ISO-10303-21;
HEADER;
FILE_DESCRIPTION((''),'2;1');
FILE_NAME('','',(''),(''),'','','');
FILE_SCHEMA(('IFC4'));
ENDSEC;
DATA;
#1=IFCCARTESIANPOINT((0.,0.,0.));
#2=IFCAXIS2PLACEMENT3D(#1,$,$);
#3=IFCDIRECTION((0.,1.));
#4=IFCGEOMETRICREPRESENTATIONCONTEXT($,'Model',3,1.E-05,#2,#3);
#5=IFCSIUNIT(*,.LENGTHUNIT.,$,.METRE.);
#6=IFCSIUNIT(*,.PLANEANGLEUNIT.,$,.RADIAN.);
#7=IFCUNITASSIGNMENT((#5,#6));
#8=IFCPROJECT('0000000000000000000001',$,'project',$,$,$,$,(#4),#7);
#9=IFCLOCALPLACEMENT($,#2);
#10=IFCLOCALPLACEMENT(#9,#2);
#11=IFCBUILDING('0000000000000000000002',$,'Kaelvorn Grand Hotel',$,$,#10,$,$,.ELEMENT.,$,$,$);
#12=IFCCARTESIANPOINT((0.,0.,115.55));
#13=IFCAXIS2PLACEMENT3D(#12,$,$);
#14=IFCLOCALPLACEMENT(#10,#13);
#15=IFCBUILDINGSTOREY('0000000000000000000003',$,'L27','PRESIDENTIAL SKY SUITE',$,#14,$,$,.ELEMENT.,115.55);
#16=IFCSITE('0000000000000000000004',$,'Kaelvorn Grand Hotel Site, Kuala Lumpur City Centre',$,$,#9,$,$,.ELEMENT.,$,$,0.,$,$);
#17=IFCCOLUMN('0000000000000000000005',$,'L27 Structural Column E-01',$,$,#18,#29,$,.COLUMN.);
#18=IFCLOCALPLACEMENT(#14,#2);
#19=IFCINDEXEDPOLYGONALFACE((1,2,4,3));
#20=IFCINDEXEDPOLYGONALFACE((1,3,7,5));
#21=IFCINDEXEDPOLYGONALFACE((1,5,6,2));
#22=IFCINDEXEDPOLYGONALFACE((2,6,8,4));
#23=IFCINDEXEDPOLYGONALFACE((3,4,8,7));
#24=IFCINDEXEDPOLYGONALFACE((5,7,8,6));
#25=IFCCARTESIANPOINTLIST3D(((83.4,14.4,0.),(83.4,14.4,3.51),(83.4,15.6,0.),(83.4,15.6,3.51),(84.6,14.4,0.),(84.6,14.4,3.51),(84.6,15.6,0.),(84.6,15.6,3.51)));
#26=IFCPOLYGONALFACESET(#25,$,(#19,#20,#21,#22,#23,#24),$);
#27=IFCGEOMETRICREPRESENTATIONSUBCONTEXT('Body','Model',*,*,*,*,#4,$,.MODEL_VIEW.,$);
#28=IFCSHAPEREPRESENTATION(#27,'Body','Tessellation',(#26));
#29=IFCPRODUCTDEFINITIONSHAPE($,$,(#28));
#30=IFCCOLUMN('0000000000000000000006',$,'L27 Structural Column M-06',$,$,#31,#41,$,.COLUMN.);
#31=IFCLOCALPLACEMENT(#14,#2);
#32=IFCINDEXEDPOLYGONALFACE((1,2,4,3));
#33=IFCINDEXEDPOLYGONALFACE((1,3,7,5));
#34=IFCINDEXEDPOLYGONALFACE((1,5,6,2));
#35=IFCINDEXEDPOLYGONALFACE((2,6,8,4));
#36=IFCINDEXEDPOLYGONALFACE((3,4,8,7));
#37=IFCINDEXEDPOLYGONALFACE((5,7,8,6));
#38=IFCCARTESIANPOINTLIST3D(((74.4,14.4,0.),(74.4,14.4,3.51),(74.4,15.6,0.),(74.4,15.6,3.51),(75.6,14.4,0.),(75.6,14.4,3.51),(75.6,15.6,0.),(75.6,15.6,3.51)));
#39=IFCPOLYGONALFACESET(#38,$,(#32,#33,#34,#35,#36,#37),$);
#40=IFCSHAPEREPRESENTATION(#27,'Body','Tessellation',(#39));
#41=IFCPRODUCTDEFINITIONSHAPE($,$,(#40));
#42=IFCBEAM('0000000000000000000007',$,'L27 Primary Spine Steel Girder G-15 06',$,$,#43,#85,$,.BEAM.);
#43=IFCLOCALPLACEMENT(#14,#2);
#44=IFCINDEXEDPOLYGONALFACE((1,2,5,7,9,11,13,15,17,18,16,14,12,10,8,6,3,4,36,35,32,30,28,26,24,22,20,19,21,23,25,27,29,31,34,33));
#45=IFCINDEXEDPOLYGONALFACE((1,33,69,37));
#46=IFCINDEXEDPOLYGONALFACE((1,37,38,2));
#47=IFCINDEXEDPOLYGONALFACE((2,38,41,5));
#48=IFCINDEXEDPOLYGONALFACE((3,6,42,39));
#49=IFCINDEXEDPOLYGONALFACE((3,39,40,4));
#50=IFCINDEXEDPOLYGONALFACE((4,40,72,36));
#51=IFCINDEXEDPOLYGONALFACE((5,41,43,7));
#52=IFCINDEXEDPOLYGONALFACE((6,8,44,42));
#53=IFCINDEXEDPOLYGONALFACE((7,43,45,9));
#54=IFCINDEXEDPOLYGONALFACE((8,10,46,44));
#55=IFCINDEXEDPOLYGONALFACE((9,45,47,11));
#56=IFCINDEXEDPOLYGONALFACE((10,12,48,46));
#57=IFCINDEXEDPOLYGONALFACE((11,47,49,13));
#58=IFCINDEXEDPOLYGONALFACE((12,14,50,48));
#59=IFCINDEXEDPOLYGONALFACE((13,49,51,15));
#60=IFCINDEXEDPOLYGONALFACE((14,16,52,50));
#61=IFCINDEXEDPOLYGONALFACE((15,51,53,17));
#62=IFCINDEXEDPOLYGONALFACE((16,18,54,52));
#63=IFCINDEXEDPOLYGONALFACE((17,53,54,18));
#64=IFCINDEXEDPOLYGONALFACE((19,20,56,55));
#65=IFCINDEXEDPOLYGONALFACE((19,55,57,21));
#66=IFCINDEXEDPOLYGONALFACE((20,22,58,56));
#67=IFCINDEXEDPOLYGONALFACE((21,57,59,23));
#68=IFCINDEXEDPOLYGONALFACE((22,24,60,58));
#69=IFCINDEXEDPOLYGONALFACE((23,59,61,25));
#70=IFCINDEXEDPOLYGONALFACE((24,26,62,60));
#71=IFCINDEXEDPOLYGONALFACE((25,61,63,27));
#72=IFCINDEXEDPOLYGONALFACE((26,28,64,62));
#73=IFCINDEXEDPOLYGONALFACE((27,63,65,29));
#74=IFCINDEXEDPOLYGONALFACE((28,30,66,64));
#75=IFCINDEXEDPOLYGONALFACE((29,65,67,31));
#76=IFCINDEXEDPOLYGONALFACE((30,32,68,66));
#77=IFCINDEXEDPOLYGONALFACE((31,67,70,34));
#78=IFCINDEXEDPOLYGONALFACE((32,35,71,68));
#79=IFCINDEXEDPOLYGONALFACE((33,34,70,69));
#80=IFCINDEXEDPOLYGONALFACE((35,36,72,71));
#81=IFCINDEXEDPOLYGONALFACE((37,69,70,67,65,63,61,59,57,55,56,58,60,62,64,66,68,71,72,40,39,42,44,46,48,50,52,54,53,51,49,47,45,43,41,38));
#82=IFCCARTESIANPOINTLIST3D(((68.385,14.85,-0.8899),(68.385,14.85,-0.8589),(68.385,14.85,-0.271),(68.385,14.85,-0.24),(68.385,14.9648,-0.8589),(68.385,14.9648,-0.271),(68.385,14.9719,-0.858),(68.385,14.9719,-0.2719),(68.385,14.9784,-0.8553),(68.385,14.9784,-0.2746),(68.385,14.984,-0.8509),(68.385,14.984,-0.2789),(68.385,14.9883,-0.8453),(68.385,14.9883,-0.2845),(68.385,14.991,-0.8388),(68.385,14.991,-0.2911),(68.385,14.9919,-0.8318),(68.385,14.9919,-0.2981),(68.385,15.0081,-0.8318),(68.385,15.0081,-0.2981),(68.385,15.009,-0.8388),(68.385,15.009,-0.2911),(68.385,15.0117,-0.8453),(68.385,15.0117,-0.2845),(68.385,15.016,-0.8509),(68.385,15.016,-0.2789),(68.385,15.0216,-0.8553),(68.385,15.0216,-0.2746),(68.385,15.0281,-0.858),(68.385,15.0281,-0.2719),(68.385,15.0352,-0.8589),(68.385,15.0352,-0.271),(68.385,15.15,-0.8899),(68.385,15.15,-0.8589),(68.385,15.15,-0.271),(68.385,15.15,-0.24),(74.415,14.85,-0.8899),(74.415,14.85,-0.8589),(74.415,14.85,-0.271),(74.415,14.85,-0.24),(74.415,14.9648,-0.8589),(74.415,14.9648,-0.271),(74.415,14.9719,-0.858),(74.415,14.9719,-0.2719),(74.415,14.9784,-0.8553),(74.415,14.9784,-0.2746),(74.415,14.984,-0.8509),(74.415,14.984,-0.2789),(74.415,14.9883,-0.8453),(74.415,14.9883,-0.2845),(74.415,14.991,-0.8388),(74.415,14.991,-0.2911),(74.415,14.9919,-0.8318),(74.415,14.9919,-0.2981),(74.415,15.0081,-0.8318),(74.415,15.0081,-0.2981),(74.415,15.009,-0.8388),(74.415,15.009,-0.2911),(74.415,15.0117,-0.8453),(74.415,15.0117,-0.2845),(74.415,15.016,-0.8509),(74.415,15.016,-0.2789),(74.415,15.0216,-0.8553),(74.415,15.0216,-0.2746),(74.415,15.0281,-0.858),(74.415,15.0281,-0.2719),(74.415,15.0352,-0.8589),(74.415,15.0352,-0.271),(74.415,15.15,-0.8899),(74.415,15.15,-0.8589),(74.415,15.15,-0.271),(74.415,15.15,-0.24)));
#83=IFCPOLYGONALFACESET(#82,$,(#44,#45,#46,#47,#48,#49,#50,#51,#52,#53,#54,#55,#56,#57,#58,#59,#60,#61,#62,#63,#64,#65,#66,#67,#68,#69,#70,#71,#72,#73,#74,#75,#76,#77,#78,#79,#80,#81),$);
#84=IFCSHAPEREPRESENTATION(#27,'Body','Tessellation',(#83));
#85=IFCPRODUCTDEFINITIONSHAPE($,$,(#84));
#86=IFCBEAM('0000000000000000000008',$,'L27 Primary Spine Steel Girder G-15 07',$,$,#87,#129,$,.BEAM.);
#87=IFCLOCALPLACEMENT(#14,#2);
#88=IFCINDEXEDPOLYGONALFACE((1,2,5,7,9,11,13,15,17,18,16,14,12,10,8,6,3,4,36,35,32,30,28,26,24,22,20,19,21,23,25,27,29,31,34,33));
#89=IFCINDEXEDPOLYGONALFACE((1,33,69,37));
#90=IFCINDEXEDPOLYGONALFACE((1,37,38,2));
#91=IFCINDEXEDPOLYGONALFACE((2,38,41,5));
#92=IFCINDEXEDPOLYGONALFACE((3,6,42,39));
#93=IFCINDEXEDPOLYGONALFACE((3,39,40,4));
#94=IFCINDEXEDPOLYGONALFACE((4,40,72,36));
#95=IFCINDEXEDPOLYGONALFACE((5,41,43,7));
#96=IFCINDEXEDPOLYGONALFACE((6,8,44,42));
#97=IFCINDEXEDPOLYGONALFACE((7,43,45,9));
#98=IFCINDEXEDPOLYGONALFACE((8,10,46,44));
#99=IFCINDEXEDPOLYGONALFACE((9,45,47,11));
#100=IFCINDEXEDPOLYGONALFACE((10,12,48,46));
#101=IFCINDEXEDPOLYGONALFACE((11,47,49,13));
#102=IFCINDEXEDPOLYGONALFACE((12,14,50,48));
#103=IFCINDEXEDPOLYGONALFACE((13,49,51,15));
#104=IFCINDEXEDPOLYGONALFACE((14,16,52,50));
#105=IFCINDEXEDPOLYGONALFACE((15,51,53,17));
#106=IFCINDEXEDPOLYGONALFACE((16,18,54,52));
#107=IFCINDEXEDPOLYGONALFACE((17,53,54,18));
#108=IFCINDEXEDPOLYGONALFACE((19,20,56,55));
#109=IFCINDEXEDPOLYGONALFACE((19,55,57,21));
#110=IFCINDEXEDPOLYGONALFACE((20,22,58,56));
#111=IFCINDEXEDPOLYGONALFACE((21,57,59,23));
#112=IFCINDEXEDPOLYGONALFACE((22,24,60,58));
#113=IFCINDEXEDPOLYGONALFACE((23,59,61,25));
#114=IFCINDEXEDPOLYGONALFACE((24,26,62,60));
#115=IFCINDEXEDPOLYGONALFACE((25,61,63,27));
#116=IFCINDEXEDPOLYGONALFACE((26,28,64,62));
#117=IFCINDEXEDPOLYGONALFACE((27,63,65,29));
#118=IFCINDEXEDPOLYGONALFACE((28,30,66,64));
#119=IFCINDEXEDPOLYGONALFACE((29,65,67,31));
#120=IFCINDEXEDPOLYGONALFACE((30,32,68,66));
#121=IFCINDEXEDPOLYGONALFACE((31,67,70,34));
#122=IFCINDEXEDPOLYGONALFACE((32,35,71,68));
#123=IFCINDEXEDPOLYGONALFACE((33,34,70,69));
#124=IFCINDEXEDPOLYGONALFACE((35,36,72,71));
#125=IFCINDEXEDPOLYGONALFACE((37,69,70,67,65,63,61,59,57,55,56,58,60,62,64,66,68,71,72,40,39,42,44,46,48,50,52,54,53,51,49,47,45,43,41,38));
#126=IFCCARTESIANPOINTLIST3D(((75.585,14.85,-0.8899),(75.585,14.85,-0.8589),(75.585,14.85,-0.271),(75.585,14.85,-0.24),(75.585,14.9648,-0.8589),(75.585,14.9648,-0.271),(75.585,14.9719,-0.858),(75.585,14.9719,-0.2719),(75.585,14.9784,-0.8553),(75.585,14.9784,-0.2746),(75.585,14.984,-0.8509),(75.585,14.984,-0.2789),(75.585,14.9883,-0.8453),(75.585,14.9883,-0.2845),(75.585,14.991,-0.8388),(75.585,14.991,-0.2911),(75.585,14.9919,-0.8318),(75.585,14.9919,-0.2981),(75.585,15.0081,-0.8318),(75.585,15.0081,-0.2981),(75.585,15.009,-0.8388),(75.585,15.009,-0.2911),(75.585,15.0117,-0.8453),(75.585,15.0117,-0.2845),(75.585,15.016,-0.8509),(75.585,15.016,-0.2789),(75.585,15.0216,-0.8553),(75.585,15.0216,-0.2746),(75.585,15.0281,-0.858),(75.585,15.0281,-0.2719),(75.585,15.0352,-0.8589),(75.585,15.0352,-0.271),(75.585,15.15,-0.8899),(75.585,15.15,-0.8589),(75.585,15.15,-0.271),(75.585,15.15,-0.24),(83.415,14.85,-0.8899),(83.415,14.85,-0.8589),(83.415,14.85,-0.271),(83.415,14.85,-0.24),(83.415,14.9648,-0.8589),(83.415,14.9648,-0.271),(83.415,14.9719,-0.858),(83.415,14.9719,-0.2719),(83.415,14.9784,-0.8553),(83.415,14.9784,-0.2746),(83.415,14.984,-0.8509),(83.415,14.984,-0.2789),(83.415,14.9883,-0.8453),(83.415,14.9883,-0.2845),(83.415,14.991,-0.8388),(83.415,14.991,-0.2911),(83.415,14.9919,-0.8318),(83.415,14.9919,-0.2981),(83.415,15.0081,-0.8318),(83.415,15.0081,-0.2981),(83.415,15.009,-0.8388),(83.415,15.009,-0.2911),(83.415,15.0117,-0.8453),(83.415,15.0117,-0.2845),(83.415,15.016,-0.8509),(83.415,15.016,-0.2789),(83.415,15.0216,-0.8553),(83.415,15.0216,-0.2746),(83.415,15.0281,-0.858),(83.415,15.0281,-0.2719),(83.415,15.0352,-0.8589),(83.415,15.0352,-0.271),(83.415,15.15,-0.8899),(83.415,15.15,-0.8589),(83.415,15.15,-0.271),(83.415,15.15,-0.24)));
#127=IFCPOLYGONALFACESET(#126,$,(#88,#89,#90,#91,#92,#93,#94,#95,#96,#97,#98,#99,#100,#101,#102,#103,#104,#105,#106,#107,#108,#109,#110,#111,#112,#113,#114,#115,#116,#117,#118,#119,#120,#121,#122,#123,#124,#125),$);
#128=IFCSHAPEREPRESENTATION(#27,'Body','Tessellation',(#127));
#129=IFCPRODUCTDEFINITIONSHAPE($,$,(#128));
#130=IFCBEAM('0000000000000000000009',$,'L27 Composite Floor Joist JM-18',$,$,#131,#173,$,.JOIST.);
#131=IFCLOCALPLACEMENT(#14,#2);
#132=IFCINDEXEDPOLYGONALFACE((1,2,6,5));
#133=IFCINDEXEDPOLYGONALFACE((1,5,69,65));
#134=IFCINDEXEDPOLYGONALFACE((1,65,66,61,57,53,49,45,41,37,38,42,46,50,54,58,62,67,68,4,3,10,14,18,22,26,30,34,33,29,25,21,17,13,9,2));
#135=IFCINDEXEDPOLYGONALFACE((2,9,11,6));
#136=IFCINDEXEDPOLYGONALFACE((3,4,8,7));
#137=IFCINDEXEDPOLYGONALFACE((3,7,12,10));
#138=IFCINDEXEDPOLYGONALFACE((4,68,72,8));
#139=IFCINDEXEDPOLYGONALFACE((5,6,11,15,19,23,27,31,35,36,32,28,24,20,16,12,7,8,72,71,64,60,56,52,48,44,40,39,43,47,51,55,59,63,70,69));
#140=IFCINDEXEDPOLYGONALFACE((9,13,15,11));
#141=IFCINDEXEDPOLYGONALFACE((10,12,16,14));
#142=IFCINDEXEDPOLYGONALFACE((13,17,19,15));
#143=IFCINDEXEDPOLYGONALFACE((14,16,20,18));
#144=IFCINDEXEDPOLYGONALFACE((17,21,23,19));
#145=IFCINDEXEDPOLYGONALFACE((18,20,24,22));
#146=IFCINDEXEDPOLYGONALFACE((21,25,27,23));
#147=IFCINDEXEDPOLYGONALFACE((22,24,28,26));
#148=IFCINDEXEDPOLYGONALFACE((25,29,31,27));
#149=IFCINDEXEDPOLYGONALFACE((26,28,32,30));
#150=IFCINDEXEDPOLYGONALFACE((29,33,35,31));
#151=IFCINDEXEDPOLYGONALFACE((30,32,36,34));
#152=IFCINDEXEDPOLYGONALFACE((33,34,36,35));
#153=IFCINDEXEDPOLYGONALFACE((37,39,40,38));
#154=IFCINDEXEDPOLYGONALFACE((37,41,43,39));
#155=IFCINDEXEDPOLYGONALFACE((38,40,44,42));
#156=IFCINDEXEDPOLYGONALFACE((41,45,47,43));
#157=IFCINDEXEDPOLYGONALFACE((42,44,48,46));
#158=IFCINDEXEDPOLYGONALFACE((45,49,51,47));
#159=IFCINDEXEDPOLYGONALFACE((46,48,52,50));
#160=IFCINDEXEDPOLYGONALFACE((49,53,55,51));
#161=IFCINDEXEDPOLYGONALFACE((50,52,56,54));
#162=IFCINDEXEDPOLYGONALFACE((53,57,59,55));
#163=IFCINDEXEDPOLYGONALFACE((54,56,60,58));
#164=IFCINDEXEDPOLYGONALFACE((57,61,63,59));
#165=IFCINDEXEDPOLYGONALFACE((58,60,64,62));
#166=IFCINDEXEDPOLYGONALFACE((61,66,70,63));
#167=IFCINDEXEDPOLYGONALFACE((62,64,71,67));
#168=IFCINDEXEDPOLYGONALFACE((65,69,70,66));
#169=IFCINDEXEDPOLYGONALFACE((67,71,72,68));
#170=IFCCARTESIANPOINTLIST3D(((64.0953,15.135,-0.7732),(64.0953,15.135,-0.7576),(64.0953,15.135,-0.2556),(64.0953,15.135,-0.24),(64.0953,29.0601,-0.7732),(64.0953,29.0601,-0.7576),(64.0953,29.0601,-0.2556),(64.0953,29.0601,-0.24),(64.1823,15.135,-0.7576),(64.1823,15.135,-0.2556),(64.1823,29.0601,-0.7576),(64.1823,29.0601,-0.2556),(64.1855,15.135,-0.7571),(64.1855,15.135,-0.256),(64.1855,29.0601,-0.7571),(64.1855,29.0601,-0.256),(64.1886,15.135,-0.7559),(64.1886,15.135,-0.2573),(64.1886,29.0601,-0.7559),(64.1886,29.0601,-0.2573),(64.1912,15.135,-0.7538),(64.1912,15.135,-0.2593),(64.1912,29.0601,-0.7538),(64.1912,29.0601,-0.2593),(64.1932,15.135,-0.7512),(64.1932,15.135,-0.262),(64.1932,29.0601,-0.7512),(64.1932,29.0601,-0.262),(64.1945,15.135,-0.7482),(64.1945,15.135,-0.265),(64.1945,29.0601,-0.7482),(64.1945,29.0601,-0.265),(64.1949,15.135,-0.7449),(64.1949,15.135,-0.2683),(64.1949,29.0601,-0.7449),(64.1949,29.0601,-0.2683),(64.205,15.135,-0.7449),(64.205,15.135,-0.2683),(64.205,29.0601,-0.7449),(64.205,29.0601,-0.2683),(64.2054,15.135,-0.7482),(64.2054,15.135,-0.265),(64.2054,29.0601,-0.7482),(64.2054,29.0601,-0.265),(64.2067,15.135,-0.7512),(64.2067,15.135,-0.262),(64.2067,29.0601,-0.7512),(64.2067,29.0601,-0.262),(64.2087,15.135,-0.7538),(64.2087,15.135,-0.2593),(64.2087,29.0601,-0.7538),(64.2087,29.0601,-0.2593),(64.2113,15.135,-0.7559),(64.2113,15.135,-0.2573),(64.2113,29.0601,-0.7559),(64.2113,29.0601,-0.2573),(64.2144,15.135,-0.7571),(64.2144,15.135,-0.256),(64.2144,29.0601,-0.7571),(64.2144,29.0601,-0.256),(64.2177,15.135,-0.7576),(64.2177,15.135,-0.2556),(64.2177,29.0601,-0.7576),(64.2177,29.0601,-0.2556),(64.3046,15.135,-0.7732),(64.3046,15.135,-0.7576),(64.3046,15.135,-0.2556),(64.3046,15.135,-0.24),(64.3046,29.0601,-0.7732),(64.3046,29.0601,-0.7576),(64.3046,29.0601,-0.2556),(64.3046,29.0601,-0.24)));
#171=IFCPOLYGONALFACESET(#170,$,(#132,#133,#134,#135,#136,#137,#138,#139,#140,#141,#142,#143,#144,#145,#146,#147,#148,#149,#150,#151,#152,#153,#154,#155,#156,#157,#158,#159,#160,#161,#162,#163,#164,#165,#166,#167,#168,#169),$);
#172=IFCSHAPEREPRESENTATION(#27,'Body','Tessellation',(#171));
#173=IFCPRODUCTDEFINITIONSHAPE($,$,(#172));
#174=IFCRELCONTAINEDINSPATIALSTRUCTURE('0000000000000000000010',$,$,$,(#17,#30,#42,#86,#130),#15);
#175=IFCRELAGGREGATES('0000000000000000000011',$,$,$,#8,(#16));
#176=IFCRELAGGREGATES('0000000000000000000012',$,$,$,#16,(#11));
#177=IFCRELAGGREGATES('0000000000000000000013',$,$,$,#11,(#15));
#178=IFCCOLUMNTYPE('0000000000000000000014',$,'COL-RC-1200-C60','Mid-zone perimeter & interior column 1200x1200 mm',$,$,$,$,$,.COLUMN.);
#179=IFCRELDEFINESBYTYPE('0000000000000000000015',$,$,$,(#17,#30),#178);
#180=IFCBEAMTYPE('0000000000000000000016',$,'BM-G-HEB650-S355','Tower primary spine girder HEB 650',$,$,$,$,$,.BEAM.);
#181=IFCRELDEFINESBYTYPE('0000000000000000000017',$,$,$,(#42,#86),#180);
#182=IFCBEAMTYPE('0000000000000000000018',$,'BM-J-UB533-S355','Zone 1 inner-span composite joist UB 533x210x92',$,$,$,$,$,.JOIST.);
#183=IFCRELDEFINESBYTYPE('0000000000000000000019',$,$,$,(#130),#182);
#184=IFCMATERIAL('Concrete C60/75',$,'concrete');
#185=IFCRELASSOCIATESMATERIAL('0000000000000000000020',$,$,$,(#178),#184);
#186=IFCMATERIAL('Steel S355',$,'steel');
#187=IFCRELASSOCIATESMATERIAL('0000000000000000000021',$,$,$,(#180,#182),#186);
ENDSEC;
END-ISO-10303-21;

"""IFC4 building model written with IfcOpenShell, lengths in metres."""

from ifc_helpers import new_model, si_unit, direction, frame, origin, origin_2d, place, context, subcontext, project, spatial, rectangle, i_section, extrude, material, material_profile, profile_set, type_object, element, save


model = new_model("IFC4")

# Units and contexts
model_context = context("Model", 3, precision=1e-05, world=origin(), true_north=direction((0.0, 1.0)))
body_context = subcontext(model_context, "Body", "Model", "MODEL_VIEW")
ifc_project = project(units=[si_unit("LENGTHUNIT", "METRE"), si_unit("PLANEANGLEUNIT", "RADIAN")], contexts=[model_context])

# Site, building, storey
site_placement = place(None, origin())
site = spatial("IfcSite", under=ifc_project, at=site_placement, Name="Kaelvorn Grand Hotel Site, Kuala Lumpur City Centre", CompositionType="ELEMENT", RefElevation=0.0)
building_placement = place(site_placement, origin())
building = spatial("IfcBuilding", under=site, at=building_placement, Name="Kaelvorn Grand Hotel", CompositionType="ELEMENT")
storey_placement = place(building_placement, frame((0.0, 0.0, 115.55)))
storey = spatial("IfcBuildingStorey", under=building, at=storey_placement, Name="L27", Description="PRESIDENTIAL SKY SUITE", CompositionType="ELEMENT", Elevation=115.55)

# Columns
ifc_material_1 = material(Name="Concrete C60/75", Category="concrete")
ifc_material_profile_1 = material_profile(ifc_material_1, rectangle(XDim=1.2, YDim=1.2, at=origin_2d()), Name="RC COL 1200x1200")
ifc_profile_set_1 = profile_set([ifc_material_profile_1], Name="Concrete C60/75")
column_type = type_object("IfcColumnType", Name="COL-RC-1200-C60", Description="Mid-zone perimeter & interior column 1200x1200 mm", PredefinedType="COLUMN", material=ifc_profile_set_1)
for number, where, z_axis, x_axis, name in (
    (1, (84.0, 15.0, 0.0), (0.0, 0.0, 1.0), (1.0, 0.0, 0.0), "L27 Structural Column E-01"),
    (2, (75.0, 15.0, 0.0), (0.0, 0.0, 1.0), (1.0, 0.0, 0.0), "L27 Structural Column M-06"),
):
    element("IfcColumn", number, at=place(storey_placement, frame(where, z_axis=z_axis, x_axis=x_axis)), inside=storey, type_object=column_type, Name=name, PredefinedType="COLUMN", context=body_context, shape_type="SweptSolid", body=[
        extrude(rectangle(XDim=1.2, YDim=1.2, at=origin_2d()), origin(), (0.0, 0.0, 1.0), 3.51),
    ])

# Beams
ifc_material_2 = material(Name="Steel S355", Category="steel")
ifc_material_profile_2 = material_profile(ifc_material_2, i_section(OverallWidth=0.3, OverallDepth=0.6499, WebThickness=0.0161, FlangeThickness=0.031, FilletRadius=0.0271, at=origin_2d()), Name="HEB 650")
ifc_profile_set_2 = profile_set([ifc_material_profile_2], Name="Steel S355")
beam_type_1 = type_object("IfcBeamType", Name="BM-G-HEB650-S355", Description="Tower primary spine girder HEB 650", PredefinedType="BEAM", material=ifc_profile_set_2)
beam_1_placement = place(storey_placement, frame((68.385, 15.0, -0.5649), z_axis=(1.0, 0.0, 0.0), x_axis=(0.0, 1.0, 0.0)))
element("IfcBeam", 3, at=beam_1_placement, inside=storey, type_object=beam_type_1, Name="L27 Primary Spine Steel Girder G-15 06", PredefinedType="BEAM", context=body_context, shape_type="SweptSolid", body=[
    extrude(i_section(OverallWidth=0.3, OverallDepth=0.6499, WebThickness=0.0161, FlangeThickness=0.031, FilletRadius=0.0271, at=origin_2d()), origin(), (0.0, 0.0, 1.0), 6.03),
])
beam_2_placement = place(storey_placement, frame((75.585, 15.0, -0.5649), z_axis=(1.0, 0.0, 0.0), x_axis=(0.0, 1.0, 0.0)))
element("IfcBeam", 4, at=beam_2_placement, inside=storey, type_object=beam_type_1, Name="L27 Primary Spine Steel Girder G-15 07", PredefinedType="BEAM", context=body_context, shape_type="SweptSolid", body=[
    extrude(i_section(OverallWidth=0.3, OverallDepth=0.6499, WebThickness=0.0161, FlangeThickness=0.031, FilletRadius=0.0271, at=origin_2d()), origin(), (0.0, 0.0, 1.0), 7.8301),
])
ifc_material_profile_3 = material_profile(ifc_material_2, i_section(OverallWidth=0.2092, OverallDepth=0.5332, WebThickness=0.01, FlangeThickness=0.0156, FilletRadius=0.0127, at=origin_2d()), Name="UB 533x210x92")
ifc_profile_set_3 = profile_set([ifc_material_profile_3], Name="Steel S355")
beam_type_2 = type_object("IfcBeamType", Name="BM-J-UB533-S355", Description="Zone 1 inner-span composite joist UB 533x210x92", PredefinedType="JOIST", material=ifc_profile_set_3)
beam_3_placement = place(storey_placement, frame((64.2, 15.135, -0.5066), z_axis=(0.0, 1.0, 0.0), x_axis=(-1.0, 0.0, 0.0)))
element("IfcBeam", 5, at=beam_3_placement, inside=storey, type_object=beam_type_2, Name="L27 Composite Floor Joist JM-18", PredefinedType="JOIST", context=body_context, shape_type="SweptSolid", body=[
    extrude(i_section(OverallWidth=0.2092, OverallDepth=0.5332, WebThickness=0.01, FlangeThickness=0.0156, FilletRadius=0.0127, at=origin_2d()), origin(), (0.0, 0.0, 1.0), 13.925),
])

save(model, "model.ifc")
